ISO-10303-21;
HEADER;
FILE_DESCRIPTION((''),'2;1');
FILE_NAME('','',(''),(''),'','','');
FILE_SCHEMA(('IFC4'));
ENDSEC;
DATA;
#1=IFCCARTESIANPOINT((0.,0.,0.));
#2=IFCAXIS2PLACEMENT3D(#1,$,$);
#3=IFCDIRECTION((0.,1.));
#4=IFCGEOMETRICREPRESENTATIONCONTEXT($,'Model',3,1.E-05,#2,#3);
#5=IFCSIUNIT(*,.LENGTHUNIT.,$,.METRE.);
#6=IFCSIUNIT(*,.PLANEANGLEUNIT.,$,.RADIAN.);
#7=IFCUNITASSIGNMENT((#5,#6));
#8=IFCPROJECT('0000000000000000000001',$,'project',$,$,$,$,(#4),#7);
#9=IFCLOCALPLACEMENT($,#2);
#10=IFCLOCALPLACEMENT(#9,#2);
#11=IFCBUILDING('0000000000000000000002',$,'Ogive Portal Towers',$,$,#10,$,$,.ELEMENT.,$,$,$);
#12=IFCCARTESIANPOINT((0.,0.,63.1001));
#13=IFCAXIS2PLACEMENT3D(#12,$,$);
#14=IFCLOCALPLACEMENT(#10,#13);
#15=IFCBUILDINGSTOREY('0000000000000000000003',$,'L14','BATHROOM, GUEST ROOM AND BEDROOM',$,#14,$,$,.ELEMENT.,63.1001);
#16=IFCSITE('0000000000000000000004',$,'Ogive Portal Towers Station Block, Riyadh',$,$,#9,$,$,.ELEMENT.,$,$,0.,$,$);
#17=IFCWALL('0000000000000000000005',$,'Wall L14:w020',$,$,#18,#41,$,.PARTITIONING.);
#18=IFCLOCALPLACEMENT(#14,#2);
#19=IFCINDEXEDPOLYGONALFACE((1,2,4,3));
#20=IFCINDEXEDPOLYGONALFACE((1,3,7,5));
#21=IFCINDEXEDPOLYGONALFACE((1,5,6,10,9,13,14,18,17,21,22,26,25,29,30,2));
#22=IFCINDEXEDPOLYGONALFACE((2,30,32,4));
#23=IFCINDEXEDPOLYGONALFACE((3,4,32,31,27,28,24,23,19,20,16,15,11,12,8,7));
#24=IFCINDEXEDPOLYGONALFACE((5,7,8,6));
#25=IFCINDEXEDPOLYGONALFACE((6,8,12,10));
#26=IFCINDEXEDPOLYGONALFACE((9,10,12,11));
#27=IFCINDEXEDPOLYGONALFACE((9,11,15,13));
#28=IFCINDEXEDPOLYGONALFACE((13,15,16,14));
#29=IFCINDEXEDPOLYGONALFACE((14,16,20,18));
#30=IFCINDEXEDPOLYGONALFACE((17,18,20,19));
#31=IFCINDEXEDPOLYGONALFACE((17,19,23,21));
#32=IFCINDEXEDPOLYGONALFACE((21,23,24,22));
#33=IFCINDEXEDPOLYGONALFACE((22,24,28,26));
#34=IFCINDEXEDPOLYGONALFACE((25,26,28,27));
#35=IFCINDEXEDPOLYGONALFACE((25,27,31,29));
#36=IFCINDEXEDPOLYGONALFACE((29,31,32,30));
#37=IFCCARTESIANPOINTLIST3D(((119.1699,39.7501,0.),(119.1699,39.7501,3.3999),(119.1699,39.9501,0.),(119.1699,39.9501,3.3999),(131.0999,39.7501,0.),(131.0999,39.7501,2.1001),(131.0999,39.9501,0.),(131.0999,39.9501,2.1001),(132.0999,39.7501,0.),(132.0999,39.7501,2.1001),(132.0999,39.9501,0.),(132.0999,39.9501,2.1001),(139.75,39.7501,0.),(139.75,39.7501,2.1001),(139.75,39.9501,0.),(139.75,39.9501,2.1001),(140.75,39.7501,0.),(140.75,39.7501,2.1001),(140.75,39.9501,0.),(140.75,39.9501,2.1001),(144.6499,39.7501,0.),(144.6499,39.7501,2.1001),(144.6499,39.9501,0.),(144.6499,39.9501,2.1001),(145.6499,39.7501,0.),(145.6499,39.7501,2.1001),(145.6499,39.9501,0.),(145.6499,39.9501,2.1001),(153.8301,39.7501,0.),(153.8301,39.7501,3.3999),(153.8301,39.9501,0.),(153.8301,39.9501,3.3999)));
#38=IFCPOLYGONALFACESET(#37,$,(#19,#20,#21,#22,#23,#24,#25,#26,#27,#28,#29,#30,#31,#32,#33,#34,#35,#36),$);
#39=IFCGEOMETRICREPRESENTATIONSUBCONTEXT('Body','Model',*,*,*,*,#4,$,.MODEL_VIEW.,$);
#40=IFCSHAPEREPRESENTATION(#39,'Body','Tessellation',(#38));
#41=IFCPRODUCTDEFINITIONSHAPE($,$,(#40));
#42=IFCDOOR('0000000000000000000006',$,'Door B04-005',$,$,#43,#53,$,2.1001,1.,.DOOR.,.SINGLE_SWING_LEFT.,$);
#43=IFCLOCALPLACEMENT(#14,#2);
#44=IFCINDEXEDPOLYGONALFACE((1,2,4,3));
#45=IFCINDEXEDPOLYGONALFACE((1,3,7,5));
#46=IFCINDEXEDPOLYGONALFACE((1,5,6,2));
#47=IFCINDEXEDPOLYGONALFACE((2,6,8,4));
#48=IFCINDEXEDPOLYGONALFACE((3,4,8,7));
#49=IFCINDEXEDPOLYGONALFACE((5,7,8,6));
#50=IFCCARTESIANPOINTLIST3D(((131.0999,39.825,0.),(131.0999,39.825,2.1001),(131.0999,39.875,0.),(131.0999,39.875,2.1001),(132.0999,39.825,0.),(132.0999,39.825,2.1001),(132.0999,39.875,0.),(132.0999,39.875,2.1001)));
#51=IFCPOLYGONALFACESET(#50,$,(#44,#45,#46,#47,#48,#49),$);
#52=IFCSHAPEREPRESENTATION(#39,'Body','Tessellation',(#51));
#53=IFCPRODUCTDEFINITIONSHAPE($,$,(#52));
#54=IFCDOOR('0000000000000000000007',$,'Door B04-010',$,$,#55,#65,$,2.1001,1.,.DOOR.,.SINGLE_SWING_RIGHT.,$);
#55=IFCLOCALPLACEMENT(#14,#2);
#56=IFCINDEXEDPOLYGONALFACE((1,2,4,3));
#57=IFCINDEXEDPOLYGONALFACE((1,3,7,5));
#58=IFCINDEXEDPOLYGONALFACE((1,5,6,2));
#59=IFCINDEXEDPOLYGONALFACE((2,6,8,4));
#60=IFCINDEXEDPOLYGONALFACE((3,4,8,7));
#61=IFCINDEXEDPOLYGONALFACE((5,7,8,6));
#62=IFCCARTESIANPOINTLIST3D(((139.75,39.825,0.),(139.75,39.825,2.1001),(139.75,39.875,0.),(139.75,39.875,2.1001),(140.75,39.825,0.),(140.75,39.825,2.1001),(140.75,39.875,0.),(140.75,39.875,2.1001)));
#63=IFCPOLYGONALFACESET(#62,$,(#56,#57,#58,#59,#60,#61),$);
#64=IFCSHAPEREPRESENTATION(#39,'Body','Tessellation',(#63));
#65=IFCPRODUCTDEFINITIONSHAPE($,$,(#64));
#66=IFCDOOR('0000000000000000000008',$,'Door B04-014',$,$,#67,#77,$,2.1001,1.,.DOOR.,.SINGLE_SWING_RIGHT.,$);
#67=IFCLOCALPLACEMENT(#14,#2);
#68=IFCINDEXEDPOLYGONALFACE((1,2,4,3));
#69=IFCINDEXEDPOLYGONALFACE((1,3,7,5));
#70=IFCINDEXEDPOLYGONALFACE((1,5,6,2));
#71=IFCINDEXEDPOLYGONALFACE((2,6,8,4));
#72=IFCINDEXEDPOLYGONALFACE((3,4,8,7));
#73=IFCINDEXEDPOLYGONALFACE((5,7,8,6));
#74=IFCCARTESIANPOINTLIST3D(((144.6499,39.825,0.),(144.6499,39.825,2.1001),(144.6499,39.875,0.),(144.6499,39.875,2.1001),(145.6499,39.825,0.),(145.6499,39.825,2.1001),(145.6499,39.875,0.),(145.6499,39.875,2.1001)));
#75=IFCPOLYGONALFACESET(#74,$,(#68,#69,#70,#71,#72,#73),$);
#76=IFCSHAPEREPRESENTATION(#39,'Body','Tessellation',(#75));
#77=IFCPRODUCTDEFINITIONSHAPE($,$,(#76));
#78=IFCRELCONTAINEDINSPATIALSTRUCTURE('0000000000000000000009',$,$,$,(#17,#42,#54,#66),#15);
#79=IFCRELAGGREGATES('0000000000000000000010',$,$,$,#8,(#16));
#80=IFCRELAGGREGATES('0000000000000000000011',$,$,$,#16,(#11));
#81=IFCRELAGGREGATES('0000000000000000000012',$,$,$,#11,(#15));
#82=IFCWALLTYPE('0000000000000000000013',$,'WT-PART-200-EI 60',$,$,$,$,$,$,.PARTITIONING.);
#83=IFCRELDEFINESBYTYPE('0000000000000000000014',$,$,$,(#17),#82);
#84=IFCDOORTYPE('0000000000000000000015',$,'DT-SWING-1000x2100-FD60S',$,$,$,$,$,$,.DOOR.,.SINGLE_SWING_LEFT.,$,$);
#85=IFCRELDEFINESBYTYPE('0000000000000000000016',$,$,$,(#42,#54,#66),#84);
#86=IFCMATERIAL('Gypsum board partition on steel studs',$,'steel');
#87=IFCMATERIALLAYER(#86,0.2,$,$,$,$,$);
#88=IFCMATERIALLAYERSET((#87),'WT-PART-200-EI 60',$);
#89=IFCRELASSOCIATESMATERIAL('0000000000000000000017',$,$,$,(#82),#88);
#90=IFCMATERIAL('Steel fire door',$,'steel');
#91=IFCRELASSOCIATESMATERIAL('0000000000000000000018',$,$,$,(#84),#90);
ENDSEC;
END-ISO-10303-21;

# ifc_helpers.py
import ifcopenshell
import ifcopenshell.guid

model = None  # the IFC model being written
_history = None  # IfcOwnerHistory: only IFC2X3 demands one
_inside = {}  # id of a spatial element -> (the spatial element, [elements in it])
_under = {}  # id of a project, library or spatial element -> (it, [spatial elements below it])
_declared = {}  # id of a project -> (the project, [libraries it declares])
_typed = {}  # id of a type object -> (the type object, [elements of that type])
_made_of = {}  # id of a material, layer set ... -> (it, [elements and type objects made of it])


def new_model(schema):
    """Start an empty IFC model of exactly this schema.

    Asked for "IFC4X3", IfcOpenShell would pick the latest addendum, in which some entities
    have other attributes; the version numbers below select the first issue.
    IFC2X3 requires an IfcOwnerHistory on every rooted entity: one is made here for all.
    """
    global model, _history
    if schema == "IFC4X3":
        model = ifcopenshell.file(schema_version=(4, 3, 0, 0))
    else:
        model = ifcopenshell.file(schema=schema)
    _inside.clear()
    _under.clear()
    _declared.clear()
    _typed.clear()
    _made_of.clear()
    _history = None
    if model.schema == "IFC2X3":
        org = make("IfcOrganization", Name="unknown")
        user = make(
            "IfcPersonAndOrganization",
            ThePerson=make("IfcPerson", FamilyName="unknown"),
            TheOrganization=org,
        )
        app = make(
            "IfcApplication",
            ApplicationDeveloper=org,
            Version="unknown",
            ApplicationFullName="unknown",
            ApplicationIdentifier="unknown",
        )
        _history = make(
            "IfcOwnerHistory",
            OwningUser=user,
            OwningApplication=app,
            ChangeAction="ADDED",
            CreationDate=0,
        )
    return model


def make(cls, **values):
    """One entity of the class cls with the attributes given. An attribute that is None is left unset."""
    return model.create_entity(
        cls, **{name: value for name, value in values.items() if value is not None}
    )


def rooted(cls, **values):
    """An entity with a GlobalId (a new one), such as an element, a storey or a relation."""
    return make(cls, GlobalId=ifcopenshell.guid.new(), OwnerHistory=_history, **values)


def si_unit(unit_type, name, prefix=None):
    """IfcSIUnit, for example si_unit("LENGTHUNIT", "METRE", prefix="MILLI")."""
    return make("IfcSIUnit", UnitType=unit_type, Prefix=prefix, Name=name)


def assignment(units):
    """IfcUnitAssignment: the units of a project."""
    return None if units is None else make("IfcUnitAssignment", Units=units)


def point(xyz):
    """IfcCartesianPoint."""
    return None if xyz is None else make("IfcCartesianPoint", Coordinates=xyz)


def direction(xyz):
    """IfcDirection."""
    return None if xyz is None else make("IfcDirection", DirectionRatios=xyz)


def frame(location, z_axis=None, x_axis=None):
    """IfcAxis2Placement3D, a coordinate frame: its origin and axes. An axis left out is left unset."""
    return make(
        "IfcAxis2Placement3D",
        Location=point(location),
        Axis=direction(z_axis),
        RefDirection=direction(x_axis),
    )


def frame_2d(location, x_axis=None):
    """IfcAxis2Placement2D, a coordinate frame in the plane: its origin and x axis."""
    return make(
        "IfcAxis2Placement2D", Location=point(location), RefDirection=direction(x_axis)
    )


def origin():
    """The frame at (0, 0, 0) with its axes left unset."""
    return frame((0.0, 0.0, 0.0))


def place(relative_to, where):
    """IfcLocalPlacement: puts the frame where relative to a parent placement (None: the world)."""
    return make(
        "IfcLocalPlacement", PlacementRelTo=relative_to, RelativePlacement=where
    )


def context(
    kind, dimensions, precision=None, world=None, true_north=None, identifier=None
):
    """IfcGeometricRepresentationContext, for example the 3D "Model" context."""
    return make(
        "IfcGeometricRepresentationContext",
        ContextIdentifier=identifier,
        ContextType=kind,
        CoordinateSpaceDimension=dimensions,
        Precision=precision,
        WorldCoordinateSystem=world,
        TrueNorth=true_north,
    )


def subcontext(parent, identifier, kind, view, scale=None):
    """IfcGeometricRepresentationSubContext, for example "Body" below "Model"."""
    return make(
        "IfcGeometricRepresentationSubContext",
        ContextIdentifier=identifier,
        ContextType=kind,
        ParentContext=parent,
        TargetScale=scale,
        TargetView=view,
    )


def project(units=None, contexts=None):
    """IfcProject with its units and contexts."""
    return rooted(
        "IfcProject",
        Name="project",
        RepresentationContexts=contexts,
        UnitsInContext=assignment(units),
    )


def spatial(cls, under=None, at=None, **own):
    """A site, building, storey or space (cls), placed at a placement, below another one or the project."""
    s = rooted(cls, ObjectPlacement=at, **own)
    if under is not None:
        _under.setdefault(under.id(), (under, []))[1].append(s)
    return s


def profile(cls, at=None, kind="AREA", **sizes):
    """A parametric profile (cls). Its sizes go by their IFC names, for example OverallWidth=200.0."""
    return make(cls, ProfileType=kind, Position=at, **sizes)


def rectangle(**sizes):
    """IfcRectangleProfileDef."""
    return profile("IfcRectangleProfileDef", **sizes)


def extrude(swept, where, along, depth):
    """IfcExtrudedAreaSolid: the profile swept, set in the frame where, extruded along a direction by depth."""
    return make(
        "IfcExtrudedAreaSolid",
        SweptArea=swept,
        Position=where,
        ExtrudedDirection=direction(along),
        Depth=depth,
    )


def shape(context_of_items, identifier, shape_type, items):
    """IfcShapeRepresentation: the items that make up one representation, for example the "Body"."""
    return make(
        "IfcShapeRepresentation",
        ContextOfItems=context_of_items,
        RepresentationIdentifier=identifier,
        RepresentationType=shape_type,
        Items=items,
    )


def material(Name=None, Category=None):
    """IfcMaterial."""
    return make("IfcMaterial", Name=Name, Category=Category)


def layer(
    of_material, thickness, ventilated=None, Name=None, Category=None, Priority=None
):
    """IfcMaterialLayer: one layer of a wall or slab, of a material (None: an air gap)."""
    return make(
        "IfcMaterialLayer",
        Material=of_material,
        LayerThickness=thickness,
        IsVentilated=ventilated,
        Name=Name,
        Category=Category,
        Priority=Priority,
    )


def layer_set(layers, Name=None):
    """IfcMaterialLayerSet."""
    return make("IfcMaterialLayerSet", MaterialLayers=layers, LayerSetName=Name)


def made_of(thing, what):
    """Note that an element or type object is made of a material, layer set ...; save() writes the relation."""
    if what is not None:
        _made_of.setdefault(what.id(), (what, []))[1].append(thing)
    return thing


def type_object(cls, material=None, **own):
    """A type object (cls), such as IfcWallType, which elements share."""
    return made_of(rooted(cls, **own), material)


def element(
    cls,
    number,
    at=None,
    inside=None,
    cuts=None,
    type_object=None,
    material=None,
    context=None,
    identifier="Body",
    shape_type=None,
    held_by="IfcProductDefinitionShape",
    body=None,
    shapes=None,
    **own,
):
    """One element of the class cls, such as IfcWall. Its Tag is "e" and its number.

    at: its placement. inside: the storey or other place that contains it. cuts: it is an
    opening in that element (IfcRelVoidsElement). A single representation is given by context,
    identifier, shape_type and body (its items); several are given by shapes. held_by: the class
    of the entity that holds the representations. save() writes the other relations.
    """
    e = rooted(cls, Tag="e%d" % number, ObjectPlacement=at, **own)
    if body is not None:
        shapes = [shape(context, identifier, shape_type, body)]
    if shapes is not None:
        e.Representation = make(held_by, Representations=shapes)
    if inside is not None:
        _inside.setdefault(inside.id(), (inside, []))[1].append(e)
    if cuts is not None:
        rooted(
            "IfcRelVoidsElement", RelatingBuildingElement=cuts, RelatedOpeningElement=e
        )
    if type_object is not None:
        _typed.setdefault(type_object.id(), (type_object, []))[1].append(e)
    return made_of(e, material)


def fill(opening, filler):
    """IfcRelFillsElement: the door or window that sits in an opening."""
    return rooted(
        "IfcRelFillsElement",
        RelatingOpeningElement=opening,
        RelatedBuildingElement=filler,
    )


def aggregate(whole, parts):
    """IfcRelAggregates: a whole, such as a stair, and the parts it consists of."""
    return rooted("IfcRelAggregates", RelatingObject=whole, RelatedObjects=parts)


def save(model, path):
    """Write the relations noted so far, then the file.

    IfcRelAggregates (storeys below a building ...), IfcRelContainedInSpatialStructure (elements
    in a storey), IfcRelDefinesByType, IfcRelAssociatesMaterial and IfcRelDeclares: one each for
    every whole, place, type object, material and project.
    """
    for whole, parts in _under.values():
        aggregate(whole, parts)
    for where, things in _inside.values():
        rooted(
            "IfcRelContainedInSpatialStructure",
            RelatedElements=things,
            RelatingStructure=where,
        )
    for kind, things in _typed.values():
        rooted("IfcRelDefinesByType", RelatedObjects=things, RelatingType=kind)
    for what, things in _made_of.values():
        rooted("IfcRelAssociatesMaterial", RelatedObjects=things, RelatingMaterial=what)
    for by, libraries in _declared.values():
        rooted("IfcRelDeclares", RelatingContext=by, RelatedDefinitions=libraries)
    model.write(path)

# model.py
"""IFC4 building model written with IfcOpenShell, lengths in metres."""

from ifc_helpers import new_model, si_unit, direction, frame, frame_2d, origin, place, context, subcontext, project, spatial, rectangle, extrude, material, layer, layer_set, type_object, element, fill, save


model = new_model("IFC4")

# Units and contexts
model_context = context("Model", 3, precision=1e-05, world=origin(), true_north=direction((0.0, 1.0)))
body_context = subcontext(model_context, "Body", "Model", "MODEL_VIEW")
ifc_project = project(units=[si_unit("LENGTHUNIT", "METRE"), si_unit("PLANEANGLEUNIT", "RADIAN")], contexts=[model_context])

# Site, building, storey
site_placement = place(None, origin())
site = spatial("IfcSite", under=ifc_project, at=site_placement, Name="Ogive Portal Towers Station Block, Riyadh", CompositionType="ELEMENT", RefElevation=0.0)
building_placement = place(site_placement, origin())
building = spatial("IfcBuilding", under=site, at=building_placement, Name="Ogive Portal Towers", CompositionType="ELEMENT")
storey_placement = place(building_placement, frame((0.0, 0.0, 63.1001)))
storey = spatial("IfcBuildingStorey", under=building, at=storey_placement, Name="L14", Description="BATHROOM, GUEST ROOM AND BEDROOM", CompositionType="ELEMENT", Elevation=63.1001)

# Shared definitions
ifc_material_1 = material(Name="Steel fire door", Category="steel")

# Shared definitions
ifc_material_2 = material(Name="Gypsum board partition on steel studs", Category="steel")
ifc_layer_1 = layer(ifc_material_2, 0.2)
ifc_layer_set_1 = layer_set([ifc_layer_1], Name="WT-PART-200-EI 60")
wall_type_1 = type_object("IfcWallType", Name="WT-PART-200-EI 60", PredefinedType="PARTITIONING", material=ifc_layer_set_1)

# Wall, openings, doors
wall_1_placement = place(storey_placement, frame((119.1699, 39.8501, 0.0), z_axis=(0.0, 0.0, 1.0), x_axis=(1.0, 0.0, 0.0)))
wall_1 = element("IfcWall", 1, at=wall_1_placement, inside=storey, type_object=wall_type_1, Name="Wall L14:w020", PredefinedType="PARTITIONING", context=body_context, shape_type="SweptSolid", body=[
    extrude(rectangle(XDim=34.6602, YDim=0.2, at=frame_2d((17.3301, 0.0))), origin(), (0.0, 0.0, 1.0), 3.3999),
])
opening_1_placement = place(wall_1_placement, frame((11.9299, 0.0, 0.0)))
opening_1 = element("IfcOpeningElement", 2, at=opening_1_placement, cuts=wall_1, PredefinedType="OPENING", context=body_context, shape_type="SweptSolid", body=[
    extrude(rectangle(XDim=1.0, YDim=2.1001, at=frame_2d((0.5, 1.05))), frame((0.0, 0.1099, 0.0), z_axis=(0.0, -1.0, 0.0), x_axis=(1.0, 0.0, 0.0)), (0.0, 0.0, 1.0), 0.22),
])
opening_2_placement = place(wall_1_placement, frame((20.5801, 0.0, 0.0)))
opening_2 = element("IfcOpeningElement", 3, at=opening_2_placement, cuts=wall_1, PredefinedType="OPENING", context=body_context, shape_type="SweptSolid", body=[
    extrude(rectangle(XDim=1.0, YDim=2.1001, at=frame_2d((0.5, 1.05))), frame((0.0, 0.1099, 0.0), z_axis=(0.0, -1.0, 0.0), x_axis=(1.0, 0.0, 0.0)), (0.0, 0.0, 1.0), 0.22),
])
opening_3_placement = place(wall_1_placement, frame((25.48, 0.0, 0.0)))
opening_3 = element("IfcOpeningElement", 4, at=opening_3_placement, cuts=wall_1, PredefinedType="OPENING", context=body_context, shape_type="SweptSolid", body=[
    extrude(rectangle(XDim=1.0, YDim=2.1001, at=frame_2d((0.5, 1.05))), frame((0.0, 0.1099, 0.0), z_axis=(0.0, -1.0, 0.0), x_axis=(1.0, 0.0, 0.0)), (0.0, 0.0, 1.0), 0.22),
])
door_type_1 = type_object("IfcDoorType", Name="DT-SWING-1000x2100-FD60S", OperationType="SINGLE_SWING_LEFT", PredefinedType="DOOR", material=ifc_material_1)
door_1_placement = place(opening_1_placement, origin())
door_1 = element("IfcDoor", 5, at=door_1_placement, inside=storey, type_object=door_type_1, Name="Door B04-005", OperationType="SINGLE_SWING_LEFT", OverallHeight=2.1001, OverallWidth=1.0, PredefinedType="DOOR", context=body_context, shape_type="SweptSolid", body=[
    extrude(rectangle(XDim=1.0, YDim=2.1001, at=frame_2d((0.5, 1.05))), frame((0.0, 0.0249, 0.0), z_axis=(0.0, -1.0, 0.0), x_axis=(1.0, 0.0, 0.0)), (0.0, 0.0, 1.0), 0.05),
])
fill(opening_1, door_1)
door_2_placement = place(opening_2_placement, origin())
door_2 = element("IfcDoor", 6, at=door_2_placement, inside=storey, type_object=door_type_1, Name="Door B04-010", OperationType="SINGLE_SWING_RIGHT", OverallHeight=2.1001, OverallWidth=1.0, PredefinedType="DOOR", context=body_context, shape_type="SweptSolid", body=[
    extrude(rectangle(XDim=1.0, YDim=2.1001, at=frame_2d((0.5, 1.05))), frame((0.0, 0.0249, 0.0), z_axis=(0.0, -1.0, 0.0), x_axis=(1.0, 0.0, 0.0)), (0.0, 0.0, 1.0), 0.05),
])
fill(opening_2, door_2)
door_3_placement = place(opening_3_placement, origin())
door_3 = element("IfcDoor", 7, at=door_3_placement, inside=storey, type_object=door_type_1, Name="Door B04-014", OperationType="SINGLE_SWING_RIGHT", OverallHeight=2.1001, OverallWidth=1.0, PredefinedType="DOOR", context=body_context, shape_type="SweptSolid", body=[
    extrude(rectangle(XDim=1.0, YDim=2.1001, at=frame_2d((0.5, 1.05))), frame((0.0, 0.0249, 0.0), z_axis=(0.0, -1.0, 0.0), x_axis=(1.0, 0.0, 0.0)), (0.0, 0.0, 1.0), 0.05),
])
fill(opening_3, door_3)

save(model, "model.ifc")
